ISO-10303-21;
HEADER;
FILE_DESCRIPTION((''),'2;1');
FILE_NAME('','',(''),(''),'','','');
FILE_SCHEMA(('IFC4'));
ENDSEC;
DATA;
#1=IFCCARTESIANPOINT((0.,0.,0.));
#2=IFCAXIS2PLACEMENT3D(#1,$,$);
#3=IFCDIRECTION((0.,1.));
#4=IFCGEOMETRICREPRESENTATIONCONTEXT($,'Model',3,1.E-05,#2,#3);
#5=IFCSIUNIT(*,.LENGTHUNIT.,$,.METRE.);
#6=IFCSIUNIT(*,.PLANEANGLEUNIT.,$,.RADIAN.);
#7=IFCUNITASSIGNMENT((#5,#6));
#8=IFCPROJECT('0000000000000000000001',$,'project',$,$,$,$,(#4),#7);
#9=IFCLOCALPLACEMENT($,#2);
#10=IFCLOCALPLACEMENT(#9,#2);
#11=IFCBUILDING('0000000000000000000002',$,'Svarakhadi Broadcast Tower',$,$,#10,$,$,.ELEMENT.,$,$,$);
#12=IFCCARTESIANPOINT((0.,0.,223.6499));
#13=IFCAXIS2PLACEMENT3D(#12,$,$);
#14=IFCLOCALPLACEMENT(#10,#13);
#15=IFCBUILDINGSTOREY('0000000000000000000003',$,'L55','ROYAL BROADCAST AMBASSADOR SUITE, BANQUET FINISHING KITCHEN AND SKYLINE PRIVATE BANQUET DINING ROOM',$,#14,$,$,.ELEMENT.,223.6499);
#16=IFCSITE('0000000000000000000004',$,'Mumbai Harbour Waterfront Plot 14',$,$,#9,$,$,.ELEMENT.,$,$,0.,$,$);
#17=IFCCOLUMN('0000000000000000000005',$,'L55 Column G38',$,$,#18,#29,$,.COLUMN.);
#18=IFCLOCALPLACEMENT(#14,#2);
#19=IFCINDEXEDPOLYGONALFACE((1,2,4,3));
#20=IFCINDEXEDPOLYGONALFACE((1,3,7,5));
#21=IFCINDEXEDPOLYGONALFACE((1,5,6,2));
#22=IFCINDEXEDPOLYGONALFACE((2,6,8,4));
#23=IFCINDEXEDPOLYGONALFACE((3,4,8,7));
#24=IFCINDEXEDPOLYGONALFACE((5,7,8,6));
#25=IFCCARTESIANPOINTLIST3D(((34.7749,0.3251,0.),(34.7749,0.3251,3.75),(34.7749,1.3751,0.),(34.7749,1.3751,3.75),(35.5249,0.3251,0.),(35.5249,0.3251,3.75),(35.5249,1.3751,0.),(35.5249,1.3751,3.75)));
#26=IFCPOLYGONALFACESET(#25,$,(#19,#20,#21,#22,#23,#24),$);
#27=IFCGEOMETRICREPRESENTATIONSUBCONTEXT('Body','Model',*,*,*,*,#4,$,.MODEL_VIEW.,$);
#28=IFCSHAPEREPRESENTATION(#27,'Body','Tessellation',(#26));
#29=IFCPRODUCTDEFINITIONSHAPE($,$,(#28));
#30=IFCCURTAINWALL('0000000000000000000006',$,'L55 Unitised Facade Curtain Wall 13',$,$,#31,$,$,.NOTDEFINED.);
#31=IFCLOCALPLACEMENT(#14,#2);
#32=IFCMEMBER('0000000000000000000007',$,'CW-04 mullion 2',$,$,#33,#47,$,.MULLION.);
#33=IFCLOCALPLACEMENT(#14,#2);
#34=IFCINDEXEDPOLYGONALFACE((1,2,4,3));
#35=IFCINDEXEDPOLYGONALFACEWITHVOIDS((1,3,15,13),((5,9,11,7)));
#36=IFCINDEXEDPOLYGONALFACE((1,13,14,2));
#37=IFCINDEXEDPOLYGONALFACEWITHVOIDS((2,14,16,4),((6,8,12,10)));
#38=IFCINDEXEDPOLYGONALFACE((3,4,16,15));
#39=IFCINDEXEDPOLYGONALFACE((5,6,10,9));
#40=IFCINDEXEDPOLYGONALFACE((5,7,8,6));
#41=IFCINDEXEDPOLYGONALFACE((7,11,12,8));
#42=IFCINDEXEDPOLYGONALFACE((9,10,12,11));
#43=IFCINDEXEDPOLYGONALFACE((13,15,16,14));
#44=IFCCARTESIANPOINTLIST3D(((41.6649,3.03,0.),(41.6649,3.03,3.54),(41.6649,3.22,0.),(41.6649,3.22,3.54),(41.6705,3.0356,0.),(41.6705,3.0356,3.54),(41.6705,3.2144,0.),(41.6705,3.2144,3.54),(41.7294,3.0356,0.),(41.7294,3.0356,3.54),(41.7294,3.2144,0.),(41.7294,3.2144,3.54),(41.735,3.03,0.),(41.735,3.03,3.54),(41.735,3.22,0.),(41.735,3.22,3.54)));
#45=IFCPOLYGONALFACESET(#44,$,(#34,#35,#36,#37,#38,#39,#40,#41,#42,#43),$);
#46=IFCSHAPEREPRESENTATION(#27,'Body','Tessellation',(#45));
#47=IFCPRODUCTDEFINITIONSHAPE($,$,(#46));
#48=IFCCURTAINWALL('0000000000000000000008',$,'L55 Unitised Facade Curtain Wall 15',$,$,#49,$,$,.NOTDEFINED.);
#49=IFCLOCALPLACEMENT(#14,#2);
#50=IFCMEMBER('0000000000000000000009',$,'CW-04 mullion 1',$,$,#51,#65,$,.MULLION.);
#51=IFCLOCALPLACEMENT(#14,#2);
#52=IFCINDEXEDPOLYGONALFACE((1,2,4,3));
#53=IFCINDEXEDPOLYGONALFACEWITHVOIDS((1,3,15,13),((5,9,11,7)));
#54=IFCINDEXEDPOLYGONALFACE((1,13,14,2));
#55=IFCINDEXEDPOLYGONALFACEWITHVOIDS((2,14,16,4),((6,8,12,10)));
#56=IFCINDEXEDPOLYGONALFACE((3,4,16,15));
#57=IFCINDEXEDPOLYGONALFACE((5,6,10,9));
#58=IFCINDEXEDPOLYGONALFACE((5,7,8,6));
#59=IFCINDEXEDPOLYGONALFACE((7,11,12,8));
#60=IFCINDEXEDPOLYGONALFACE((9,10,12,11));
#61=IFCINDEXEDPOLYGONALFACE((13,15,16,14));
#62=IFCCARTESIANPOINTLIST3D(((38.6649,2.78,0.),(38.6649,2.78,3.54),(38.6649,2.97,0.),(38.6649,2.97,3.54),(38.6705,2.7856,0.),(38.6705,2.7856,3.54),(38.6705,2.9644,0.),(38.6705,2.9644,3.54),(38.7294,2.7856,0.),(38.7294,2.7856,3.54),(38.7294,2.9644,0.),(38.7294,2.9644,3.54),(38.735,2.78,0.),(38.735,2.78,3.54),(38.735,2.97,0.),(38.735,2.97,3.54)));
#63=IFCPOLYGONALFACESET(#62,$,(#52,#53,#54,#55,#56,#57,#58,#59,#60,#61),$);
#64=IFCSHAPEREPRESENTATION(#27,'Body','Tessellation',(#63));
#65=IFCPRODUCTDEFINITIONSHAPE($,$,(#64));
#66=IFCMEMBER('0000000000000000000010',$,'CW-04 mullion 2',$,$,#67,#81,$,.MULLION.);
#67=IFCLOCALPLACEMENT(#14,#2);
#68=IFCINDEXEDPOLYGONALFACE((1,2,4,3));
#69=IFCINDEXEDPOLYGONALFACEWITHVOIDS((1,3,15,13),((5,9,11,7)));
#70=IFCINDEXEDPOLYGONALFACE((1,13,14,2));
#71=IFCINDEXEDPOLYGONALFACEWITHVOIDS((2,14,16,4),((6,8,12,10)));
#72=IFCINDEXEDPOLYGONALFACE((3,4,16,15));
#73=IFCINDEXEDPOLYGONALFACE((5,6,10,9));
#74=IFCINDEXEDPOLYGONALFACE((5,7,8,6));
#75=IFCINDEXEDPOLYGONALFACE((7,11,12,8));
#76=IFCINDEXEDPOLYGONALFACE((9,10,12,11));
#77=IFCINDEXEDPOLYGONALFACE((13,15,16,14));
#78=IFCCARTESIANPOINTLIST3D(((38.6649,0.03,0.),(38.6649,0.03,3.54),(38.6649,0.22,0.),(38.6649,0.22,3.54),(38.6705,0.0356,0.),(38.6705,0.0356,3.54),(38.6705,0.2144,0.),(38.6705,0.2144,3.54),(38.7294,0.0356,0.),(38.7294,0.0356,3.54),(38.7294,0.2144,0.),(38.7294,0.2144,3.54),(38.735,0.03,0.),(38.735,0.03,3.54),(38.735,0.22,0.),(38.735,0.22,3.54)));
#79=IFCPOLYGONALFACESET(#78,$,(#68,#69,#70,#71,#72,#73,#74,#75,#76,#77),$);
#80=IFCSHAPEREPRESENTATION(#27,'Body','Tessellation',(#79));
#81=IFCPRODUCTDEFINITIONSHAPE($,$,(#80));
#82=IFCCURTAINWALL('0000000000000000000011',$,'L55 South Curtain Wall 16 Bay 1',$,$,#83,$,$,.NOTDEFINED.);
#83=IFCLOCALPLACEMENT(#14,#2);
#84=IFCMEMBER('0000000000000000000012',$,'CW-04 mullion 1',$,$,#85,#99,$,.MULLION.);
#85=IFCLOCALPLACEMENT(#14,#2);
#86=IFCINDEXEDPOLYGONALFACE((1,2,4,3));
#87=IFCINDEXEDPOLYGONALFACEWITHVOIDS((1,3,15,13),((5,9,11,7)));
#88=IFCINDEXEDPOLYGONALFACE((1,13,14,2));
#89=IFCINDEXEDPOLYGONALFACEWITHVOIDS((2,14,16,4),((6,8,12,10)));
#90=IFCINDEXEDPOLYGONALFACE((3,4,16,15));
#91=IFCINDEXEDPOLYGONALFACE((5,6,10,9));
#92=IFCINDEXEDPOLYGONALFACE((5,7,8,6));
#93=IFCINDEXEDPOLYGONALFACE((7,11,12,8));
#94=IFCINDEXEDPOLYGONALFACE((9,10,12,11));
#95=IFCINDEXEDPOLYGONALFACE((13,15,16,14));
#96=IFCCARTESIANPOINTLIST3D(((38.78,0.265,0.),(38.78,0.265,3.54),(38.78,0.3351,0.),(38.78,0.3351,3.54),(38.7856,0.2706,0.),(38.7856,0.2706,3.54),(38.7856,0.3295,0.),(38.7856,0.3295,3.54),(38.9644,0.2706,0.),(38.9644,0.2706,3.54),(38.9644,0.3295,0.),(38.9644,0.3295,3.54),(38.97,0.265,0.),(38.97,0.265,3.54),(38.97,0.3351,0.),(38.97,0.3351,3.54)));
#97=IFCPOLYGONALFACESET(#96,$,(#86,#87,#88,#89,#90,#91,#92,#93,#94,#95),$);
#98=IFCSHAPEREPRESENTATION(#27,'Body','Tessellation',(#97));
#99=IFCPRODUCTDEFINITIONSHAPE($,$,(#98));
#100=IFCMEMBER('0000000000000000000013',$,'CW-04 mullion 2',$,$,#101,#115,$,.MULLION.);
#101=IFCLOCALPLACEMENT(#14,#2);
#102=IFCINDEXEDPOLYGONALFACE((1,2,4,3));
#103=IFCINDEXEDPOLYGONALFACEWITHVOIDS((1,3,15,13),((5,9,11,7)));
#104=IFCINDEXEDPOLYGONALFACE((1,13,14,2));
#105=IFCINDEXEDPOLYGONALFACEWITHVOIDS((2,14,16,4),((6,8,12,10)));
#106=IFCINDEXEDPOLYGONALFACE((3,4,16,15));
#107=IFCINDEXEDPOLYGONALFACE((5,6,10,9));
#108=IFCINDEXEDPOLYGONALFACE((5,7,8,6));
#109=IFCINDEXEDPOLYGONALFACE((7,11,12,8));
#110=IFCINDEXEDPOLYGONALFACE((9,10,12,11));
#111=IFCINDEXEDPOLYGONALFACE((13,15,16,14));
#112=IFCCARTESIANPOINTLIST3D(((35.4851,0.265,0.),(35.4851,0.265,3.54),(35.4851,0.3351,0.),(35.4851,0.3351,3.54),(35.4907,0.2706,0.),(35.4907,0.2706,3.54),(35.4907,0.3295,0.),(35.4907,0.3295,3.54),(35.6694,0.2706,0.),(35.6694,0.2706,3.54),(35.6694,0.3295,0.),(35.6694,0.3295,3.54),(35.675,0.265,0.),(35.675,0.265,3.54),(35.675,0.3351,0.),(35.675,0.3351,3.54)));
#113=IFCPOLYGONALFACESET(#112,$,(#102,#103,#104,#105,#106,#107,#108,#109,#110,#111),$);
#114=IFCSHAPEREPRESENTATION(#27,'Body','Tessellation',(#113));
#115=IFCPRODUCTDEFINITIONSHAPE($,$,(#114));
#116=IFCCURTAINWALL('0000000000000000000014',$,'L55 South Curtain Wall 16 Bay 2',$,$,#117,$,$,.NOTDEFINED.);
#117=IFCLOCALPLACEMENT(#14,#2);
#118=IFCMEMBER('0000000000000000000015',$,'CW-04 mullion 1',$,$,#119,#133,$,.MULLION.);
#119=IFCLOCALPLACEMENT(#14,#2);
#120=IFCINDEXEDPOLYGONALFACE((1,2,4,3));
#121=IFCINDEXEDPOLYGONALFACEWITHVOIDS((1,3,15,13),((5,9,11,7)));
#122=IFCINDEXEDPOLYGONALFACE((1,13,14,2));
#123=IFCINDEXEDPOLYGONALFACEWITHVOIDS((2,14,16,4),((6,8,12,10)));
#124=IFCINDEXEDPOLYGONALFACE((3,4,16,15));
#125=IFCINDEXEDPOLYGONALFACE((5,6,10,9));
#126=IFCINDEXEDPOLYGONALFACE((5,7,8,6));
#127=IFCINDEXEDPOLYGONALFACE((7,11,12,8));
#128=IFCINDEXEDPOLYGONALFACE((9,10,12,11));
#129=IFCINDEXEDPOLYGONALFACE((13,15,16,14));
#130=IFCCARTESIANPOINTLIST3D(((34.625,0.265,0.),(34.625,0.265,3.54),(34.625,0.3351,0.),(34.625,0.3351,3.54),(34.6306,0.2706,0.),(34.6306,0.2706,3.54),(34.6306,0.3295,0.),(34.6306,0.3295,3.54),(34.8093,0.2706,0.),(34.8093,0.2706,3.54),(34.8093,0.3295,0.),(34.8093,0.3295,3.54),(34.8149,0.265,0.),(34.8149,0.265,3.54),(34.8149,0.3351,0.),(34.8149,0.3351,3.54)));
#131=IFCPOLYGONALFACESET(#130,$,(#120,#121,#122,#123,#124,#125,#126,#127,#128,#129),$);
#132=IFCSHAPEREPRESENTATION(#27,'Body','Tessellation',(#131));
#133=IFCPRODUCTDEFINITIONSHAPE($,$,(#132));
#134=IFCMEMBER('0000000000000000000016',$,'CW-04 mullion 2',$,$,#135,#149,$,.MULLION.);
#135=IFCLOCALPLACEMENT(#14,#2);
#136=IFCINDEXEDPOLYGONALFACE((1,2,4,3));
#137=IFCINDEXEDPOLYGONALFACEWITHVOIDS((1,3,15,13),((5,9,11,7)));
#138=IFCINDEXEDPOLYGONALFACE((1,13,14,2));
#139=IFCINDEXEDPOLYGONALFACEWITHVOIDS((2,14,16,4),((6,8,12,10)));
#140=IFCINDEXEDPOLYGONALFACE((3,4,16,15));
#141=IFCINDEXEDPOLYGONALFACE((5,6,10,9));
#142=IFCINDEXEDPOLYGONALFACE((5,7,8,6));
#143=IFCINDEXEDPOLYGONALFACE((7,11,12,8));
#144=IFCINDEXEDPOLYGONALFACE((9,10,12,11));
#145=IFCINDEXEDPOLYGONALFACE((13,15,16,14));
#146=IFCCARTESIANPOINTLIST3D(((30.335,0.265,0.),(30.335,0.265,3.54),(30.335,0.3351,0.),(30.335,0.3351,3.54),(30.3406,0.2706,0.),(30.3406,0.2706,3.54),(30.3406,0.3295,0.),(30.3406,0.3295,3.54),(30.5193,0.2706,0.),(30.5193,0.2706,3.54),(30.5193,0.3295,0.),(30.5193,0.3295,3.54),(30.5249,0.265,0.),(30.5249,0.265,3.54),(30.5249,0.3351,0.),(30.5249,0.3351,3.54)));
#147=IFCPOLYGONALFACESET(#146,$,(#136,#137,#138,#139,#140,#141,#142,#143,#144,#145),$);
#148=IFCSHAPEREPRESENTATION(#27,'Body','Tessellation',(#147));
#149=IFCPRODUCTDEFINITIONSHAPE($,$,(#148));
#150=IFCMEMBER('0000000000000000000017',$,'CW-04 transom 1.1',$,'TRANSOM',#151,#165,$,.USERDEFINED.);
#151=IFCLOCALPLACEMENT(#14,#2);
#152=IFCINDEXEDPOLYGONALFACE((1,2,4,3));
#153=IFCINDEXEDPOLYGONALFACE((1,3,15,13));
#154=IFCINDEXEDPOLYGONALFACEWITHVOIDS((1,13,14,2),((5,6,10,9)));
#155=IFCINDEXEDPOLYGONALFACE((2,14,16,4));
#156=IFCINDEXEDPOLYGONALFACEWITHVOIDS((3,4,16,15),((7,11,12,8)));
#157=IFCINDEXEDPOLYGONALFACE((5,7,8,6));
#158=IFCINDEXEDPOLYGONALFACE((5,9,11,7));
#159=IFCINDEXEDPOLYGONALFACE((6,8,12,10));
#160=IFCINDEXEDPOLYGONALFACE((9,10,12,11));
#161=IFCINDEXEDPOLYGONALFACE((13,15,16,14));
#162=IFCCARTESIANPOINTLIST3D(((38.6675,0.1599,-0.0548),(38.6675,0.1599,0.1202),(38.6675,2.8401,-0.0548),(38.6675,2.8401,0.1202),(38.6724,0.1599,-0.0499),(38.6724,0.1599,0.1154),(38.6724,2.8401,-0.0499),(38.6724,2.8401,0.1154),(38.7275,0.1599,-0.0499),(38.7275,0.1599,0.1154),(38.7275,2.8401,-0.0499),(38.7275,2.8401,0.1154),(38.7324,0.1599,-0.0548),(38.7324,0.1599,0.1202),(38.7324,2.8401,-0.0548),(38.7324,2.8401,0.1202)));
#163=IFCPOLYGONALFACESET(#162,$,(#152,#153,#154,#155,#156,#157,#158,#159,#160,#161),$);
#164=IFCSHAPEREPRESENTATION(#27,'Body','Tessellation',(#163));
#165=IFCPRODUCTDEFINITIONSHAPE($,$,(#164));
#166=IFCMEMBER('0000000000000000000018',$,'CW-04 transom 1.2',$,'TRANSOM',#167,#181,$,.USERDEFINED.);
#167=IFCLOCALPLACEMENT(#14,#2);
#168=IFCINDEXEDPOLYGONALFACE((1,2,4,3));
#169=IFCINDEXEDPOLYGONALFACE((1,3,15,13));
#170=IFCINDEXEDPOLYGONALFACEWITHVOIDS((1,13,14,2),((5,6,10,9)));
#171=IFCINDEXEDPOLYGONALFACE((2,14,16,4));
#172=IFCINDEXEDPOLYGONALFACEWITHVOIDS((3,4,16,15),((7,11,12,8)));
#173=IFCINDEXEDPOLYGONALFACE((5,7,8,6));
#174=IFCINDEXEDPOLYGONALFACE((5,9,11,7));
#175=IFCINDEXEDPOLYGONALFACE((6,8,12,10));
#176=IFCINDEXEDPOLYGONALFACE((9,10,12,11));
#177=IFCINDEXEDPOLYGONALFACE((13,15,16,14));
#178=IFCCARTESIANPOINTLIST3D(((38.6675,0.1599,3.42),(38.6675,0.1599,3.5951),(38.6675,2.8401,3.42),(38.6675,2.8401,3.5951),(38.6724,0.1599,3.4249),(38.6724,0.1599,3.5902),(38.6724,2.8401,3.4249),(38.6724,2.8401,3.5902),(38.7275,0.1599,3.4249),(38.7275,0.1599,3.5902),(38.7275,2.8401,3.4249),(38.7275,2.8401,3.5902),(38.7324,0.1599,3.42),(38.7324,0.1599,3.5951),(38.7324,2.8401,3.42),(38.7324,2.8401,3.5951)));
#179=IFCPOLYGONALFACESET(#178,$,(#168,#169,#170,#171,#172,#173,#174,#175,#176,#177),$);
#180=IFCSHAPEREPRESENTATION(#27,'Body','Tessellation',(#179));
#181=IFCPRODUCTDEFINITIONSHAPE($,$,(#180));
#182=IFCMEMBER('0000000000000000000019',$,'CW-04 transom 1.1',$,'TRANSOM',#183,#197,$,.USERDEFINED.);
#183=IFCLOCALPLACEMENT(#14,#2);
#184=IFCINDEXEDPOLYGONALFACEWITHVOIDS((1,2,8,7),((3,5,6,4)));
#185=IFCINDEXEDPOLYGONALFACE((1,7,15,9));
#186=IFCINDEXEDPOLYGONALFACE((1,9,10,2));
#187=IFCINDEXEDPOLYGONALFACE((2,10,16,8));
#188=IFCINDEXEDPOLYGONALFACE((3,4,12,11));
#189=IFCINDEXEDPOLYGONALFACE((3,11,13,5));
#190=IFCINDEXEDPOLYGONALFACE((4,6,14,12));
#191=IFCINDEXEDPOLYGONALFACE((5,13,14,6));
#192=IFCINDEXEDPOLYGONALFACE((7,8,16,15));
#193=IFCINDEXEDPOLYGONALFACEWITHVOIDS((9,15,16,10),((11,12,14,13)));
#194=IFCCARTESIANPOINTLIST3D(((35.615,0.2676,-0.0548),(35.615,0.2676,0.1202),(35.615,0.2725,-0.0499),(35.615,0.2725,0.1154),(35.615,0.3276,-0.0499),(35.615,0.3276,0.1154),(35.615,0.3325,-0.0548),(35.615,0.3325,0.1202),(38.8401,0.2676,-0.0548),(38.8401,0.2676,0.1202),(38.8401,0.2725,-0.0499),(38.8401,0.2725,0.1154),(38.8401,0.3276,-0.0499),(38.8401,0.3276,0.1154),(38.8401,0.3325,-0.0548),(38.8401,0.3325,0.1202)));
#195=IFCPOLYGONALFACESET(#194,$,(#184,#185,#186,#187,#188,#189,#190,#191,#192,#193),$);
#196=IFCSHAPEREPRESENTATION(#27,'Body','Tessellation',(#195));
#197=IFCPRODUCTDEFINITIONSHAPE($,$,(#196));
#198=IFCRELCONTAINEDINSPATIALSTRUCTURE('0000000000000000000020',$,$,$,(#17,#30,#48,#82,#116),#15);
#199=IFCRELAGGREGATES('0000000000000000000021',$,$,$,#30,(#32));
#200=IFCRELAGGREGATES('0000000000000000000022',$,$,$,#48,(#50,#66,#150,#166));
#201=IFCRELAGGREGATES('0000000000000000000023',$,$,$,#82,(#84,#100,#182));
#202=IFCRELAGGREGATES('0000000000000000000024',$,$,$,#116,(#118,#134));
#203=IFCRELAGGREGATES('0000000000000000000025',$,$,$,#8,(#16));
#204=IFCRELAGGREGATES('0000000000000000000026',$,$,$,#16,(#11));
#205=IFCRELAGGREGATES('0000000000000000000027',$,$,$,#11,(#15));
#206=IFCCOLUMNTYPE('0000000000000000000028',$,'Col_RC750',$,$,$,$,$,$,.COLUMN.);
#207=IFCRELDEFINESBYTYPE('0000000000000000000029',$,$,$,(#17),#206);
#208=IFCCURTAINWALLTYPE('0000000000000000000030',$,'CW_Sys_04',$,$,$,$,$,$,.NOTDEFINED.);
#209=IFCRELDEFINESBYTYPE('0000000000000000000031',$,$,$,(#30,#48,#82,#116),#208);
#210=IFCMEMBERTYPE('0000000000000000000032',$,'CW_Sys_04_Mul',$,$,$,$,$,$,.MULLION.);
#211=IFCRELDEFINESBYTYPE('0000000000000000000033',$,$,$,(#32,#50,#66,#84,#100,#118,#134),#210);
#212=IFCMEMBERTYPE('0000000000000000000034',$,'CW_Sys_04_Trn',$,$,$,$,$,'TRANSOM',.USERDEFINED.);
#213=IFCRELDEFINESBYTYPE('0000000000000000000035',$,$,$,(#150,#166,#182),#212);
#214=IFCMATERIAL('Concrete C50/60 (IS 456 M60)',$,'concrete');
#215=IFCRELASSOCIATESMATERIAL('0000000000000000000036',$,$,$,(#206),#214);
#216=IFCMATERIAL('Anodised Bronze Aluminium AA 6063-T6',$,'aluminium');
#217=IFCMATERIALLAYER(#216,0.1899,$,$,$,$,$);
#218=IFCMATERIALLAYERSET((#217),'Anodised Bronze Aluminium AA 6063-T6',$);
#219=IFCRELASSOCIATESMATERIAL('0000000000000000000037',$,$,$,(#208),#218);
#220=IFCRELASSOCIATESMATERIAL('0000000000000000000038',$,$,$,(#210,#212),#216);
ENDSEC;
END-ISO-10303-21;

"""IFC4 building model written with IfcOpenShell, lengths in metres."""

from ifc_helpers import new_model, si_unit, direction, frame, origin, origin_2d, place, context, subcontext, project, spatial, rectangle, hollow_rectangle, extrude, material, layer, layer_set, material_profile, profile_set, type_object, element, aggregate, save


model = new_model("IFC4")

# Units and contexts
model_context = context("Model", 3, precision=1e-05, world=origin(), true_north=direction((0.0, 1.0)))
body_context = subcontext(model_context, "Body", "Model", "MODEL_VIEW")
ifc_project = project(units=[si_unit("LENGTHUNIT", "METRE"), si_unit("PLANEANGLEUNIT", "RADIAN")], contexts=[model_context])

# Site, building, storey
site_placement = place(None, origin())
site = spatial("IfcSite", under=ifc_project, at=site_placement, Name="Mumbai Harbour Waterfront Plot 14", CompositionType="ELEMENT", RefElevation=0.0)
building_placement = place(site_placement, origin())
building = spatial("IfcBuilding", under=site, at=building_placement, Name="Svarakhadi Broadcast Tower", CompositionType="ELEMENT")
storey_placement = place(building_placement, frame((0.0, 0.0, 223.6499)))
storey = spatial("IfcBuildingStorey", under=building, at=storey_placement, Name="L55", Description="ROYAL BROADCAST AMBASSADOR SUITE, BANQUET FINISHING KITCHEN AND SKYLINE PRIVATE BANQUET DINING ROOM", CompositionType="ELEMENT", Elevation=223.6499)

# Column
ifc_material_1 = material(Name="Concrete C50/60 (IS 456 M60)", Category="concrete")
ifc_material_profile_1 = material_profile(ifc_material_1, rectangle(XDim=0.75, YDim=1.05, at=origin_2d()), Name="RC 750x1050")
ifc_profile_set_1 = profile_set([ifc_material_profile_1], Name="Concrete C50/60 (IS 456 M60)")
column_type = type_object("IfcColumnType", Name="Col_RC750", PredefinedType="COLUMN", material=ifc_profile_set_1)
column_placement = place(storey_placement, frame((35.1499, 0.8501, 0.0), z_axis=(0.0, 0.0, 1.0), x_axis=(1.0, 0.0, 0.0)))
element("IfcColumn", 1, at=column_placement, inside=storey, type_object=column_type, Name="L55 Column G38", PredefinedType="COLUMN", context=body_context, shape_type="SweptSolid", body=[
    extrude(rectangle(XDim=0.75, YDim=1.05, at=origin_2d()), origin(), (0.0, 0.0, 1.0), 3.75),
])

# Curtain wall, member
ifc_material_2 = material(Name="Anodised Bronze Aluminium AA 6063-T6", Category="aluminium")
ifc_layer_1 = layer(ifc_material_2, 0.1899)
ifc_layer_set_1 = layer_set([ifc_layer_1], Name="Anodised Bronze Aluminium AA 6063-T6")
curtain_wall_type = type_object("IfcCurtainWallType", Name="CW_Sys_04", PredefinedType="NOTDEFINED", material=ifc_layer_set_1)
curtain_wall_1_placement = place(storey_placement, origin())
curtain_wall_1 = element("IfcCurtainWall", 2, at=curtain_wall_1_placement, inside=storey, type_object=curtain_wall_type, Name="L55 Unitised Facade Curtain Wall 13", PredefinedType="NOTDEFINED")
ifc_material_profile_2 = material_profile(ifc_material_2, hollow_rectangle(XDim=0.0701, YDim=0.1899, WallThickness=0.0056, at=origin_2d()), Name="ALU MULLION 190x70x6")
ifc_profile_set_2 = profile_set([ifc_material_profile_2], Name="Anodised Bronze Aluminium AA 6063-T6")
member_type_1 = type_object("IfcMemberType", Name="CW_Sys_04_Mul", PredefinedType="MULLION", material=ifc_profile_set_2)
member_1_placement = place(storey_placement, frame((41.7, 3.125, 0.0), z_axis=(0.0, 0.0, 1.0), x_axis=(1.0, 0.0, 0.0)))
member_1 = element("IfcMember", 3, at=member_1_placement, type_object=member_type_1, Name="CW-04 mullion 2", PredefinedType="MULLION", context=body_context, shape_type="SweptSolid", body=[
    extrude(hollow_rectangle(XDim=0.0701, YDim=0.1899, WallThickness=0.0056, at=origin_2d()), origin(), (0.0, 0.0, 1.0), 3.54),
])
aggregate(curtain_wall_1, [member_1])

# Curtain walls, members
curtain_wall_2_placement = place(storey_placement, origin())
curtain_wall_2 = element("IfcCurtainWall", 4, at=curtain_wall_2_placement, inside=storey, type_object=curtain_wall_type, Name="L55 Unitised Facade Curtain Wall 15", PredefinedType="NOTDEFINED")
member_2_placement = place(storey_placement, frame((38.7, 2.875, 0.0), z_axis=(0.0, 0.0, 1.0), x_axis=(1.0, 0.0, 0.0)))
member_2 = element("IfcMember", 5, at=member_2_placement, type_object=member_type_1, Name="CW-04 mullion 1", PredefinedType="MULLION", context=body_context, shape_type="SweptSolid", body=[
    extrude(hollow_rectangle(XDim=0.0701, YDim=0.1899, WallThickness=0.0056, at=origin_2d()), origin(), (0.0, 0.0, 1.0), 3.54),
])
member_3_placement = place(storey_placement, frame((38.7, 0.125, 0.0), z_axis=(0.0, 0.0, 1.0), x_axis=(1.0, 0.0, 0.0)))
member_3 = element("IfcMember", 6, at=member_3_placement, type_object=member_type_1, Name="CW-04 mullion 2", PredefinedType="MULLION", context=body_context, shape_type="SweptSolid", body=[
    extrude(hollow_rectangle(XDim=0.0701, YDim=0.1899, WallThickness=0.0056, at=origin_2d()), origin(), (0.0, 0.0, 1.0), 3.54),
])
curtain_wall_3_placement = place(storey_placement, origin())
curtain_wall_3 = element("IfcCurtainWall", 7, at=curtain_wall_3_placement, inside=storey, type_object=curtain_wall_type, Name="L55 South Curtain Wall 16 Bay 1", PredefinedType="NOTDEFINED")
member_4_placement = place(storey_placement, frame((38.875, 0.3, 0.0), z_axis=(0.0, 0.0, 1.0), x_axis=(0.0, -1.0, 0.0)))
member_4 = element("IfcMember", 8, at=member_4_placement, type_object=member_type_1, Name="CW-04 mullion 1", PredefinedType="MULLION", context=body_context, shape_type="SweptSolid", body=[
    extrude(hollow_rectangle(XDim=0.0701, YDim=0.1899, WallThickness=0.0056, at=origin_2d()), origin(), (0.0, 0.0, 1.0), 3.54),
])
member_5_placement = place(storey_placement, frame((35.5801, 0.3, 0.0), z_axis=(0.0, 0.0, 1.0), x_axis=(0.0, -1.0, 0.0)))
member_5 = element("IfcMember", 9, at=member_5_placement, type_object=member_type_1, Name="CW-04 mullion 2", PredefinedType="MULLION", context=body_context, shape_type="SweptSolid", body=[
    extrude(hollow_rectangle(XDim=0.0701, YDim=0.1899, WallThickness=0.0056, at=origin_2d()), origin(), (0.0, 0.0, 1.0), 3.54),
])
curtain_wall_4_placement = place(storey_placement, origin())
curtain_wall_4 = element("IfcCurtainWall", 10, at=curtain_wall_4_placement, inside=storey, type_object=curtain_wall_type, Name="L55 South Curtain Wall 16 Bay 2", PredefinedType="NOTDEFINED")
member_6_placement = place(storey_placement, frame((34.72, 0.3, 0.0), z_axis=(0.0, 0.0, 1.0), x_axis=(0.0, -1.0, 0.0)))
member_6 = element("IfcMember", 11, at=member_6_placement, type_object=member_type_1, Name="CW-04 mullion 1", PredefinedType="MULLION", context=body_context, shape_type="SweptSolid", body=[
    extrude(hollow_rectangle(XDim=0.0701, YDim=0.1899, WallThickness=0.0056, at=origin_2d()), origin(), (0.0, 0.0, 1.0), 3.54),
])
member_7_placement = place(storey_placement, frame((30.4299, 0.3, 0.0), z_axis=(0.0, 0.0, 1.0), x_axis=(0.0, -1.0, 0.0)))
member_7 = element("IfcMember", 12, at=member_7_placement, type_object=member_type_1, Name="CW-04 mullion 2", PredefinedType="MULLION", context=body_context, shape_type="SweptSolid", body=[
    extrude(hollow_rectangle(XDim=0.0701, YDim=0.1899, WallThickness=0.0056, at=origin_2d()), origin(), (0.0, 0.0, 1.0), 3.54),
])

# Members
ifc_material_profile_3 = material_profile(ifc_material_2, hollow_rectangle(XDim=0.0649, YDim=0.175, WallThickness=0.0049, at=origin_2d()), Name="ALU TRANSOM 175x65x5")
ifc_profile_set_3 = profile_set([ifc_material_profile_3], Name="Anodised Bronze Aluminium AA 6063-T6")
member_type_2 = type_object("IfcMemberType", Name="CW_Sys_04_Trn", ElementType="TRANSOM", PredefinedType="USERDEFINED", material=ifc_profile_set_3)
member_8_placement = place(storey_placement, frame((38.7, 2.8401, 0.0327), z_axis=(0.0, -1.0, 0.0), x_axis=(1.0, 0.0, 0.0)))
member_8 = element("IfcMember", 13, at=member_8_placement, type_object=member_type_2, Name="CW-04 transom 1.1", ObjectType="TRANSOM", PredefinedType="USERDEFINED", context=body_context, shape_type="SweptSolid", body=[
    extrude(hollow_rectangle(XDim=0.0649, YDim=0.175, WallThickness=0.0049, at=origin_2d()), origin(), (0.0, 0.0, 1.0), 2.6802),
])
member_9_placement = place(storey_placement, frame((38.7, 2.8401, 3.5076), z_axis=(0.0, -1.0, 0.0), x_axis=(1.0, 0.0, 0.0)))
member_9 = element("IfcMember", 14, at=member_9_placement, type_object=member_type_2, Name="CW-04 transom 1.2", ObjectType="TRANSOM", PredefinedType="USERDEFINED", context=body_context, shape_type="SweptSolid", body=[
    extrude(hollow_rectangle(XDim=0.0649, YDim=0.175, WallThickness=0.0049, at=origin_2d()), origin(), (0.0, 0.0, 1.0), 2.6802),
])
member_10_placement = place(storey_placement, frame((38.8401, 0.3, 0.0327), z_axis=(-1.0, 0.0, 0.0), x_axis=(0.0, -1.0, 0.0)))
member_10 = element("IfcMember", 15, at=member_10_placement, type_object=member_type_2, Name="CW-04 transom 1.1", ObjectType="TRANSOM", PredefinedType="USERDEFINED", context=body_context, shape_type="SweptSolid", body=[
    extrude(hollow_rectangle(XDim=0.0649, YDim=0.175, WallThickness=0.0049, at=origin_2d()), origin(), (0.0, 0.0, 1.0), 3.2251),
])

aggregate(curtain_wall_2, [member_2, member_3, member_8, member_9])
aggregate(curtain_wall_3, [member_4, member_5, member_10])
aggregate(curtain_wall_4, [member_6, member_7])

save(model, "model.ifc")
